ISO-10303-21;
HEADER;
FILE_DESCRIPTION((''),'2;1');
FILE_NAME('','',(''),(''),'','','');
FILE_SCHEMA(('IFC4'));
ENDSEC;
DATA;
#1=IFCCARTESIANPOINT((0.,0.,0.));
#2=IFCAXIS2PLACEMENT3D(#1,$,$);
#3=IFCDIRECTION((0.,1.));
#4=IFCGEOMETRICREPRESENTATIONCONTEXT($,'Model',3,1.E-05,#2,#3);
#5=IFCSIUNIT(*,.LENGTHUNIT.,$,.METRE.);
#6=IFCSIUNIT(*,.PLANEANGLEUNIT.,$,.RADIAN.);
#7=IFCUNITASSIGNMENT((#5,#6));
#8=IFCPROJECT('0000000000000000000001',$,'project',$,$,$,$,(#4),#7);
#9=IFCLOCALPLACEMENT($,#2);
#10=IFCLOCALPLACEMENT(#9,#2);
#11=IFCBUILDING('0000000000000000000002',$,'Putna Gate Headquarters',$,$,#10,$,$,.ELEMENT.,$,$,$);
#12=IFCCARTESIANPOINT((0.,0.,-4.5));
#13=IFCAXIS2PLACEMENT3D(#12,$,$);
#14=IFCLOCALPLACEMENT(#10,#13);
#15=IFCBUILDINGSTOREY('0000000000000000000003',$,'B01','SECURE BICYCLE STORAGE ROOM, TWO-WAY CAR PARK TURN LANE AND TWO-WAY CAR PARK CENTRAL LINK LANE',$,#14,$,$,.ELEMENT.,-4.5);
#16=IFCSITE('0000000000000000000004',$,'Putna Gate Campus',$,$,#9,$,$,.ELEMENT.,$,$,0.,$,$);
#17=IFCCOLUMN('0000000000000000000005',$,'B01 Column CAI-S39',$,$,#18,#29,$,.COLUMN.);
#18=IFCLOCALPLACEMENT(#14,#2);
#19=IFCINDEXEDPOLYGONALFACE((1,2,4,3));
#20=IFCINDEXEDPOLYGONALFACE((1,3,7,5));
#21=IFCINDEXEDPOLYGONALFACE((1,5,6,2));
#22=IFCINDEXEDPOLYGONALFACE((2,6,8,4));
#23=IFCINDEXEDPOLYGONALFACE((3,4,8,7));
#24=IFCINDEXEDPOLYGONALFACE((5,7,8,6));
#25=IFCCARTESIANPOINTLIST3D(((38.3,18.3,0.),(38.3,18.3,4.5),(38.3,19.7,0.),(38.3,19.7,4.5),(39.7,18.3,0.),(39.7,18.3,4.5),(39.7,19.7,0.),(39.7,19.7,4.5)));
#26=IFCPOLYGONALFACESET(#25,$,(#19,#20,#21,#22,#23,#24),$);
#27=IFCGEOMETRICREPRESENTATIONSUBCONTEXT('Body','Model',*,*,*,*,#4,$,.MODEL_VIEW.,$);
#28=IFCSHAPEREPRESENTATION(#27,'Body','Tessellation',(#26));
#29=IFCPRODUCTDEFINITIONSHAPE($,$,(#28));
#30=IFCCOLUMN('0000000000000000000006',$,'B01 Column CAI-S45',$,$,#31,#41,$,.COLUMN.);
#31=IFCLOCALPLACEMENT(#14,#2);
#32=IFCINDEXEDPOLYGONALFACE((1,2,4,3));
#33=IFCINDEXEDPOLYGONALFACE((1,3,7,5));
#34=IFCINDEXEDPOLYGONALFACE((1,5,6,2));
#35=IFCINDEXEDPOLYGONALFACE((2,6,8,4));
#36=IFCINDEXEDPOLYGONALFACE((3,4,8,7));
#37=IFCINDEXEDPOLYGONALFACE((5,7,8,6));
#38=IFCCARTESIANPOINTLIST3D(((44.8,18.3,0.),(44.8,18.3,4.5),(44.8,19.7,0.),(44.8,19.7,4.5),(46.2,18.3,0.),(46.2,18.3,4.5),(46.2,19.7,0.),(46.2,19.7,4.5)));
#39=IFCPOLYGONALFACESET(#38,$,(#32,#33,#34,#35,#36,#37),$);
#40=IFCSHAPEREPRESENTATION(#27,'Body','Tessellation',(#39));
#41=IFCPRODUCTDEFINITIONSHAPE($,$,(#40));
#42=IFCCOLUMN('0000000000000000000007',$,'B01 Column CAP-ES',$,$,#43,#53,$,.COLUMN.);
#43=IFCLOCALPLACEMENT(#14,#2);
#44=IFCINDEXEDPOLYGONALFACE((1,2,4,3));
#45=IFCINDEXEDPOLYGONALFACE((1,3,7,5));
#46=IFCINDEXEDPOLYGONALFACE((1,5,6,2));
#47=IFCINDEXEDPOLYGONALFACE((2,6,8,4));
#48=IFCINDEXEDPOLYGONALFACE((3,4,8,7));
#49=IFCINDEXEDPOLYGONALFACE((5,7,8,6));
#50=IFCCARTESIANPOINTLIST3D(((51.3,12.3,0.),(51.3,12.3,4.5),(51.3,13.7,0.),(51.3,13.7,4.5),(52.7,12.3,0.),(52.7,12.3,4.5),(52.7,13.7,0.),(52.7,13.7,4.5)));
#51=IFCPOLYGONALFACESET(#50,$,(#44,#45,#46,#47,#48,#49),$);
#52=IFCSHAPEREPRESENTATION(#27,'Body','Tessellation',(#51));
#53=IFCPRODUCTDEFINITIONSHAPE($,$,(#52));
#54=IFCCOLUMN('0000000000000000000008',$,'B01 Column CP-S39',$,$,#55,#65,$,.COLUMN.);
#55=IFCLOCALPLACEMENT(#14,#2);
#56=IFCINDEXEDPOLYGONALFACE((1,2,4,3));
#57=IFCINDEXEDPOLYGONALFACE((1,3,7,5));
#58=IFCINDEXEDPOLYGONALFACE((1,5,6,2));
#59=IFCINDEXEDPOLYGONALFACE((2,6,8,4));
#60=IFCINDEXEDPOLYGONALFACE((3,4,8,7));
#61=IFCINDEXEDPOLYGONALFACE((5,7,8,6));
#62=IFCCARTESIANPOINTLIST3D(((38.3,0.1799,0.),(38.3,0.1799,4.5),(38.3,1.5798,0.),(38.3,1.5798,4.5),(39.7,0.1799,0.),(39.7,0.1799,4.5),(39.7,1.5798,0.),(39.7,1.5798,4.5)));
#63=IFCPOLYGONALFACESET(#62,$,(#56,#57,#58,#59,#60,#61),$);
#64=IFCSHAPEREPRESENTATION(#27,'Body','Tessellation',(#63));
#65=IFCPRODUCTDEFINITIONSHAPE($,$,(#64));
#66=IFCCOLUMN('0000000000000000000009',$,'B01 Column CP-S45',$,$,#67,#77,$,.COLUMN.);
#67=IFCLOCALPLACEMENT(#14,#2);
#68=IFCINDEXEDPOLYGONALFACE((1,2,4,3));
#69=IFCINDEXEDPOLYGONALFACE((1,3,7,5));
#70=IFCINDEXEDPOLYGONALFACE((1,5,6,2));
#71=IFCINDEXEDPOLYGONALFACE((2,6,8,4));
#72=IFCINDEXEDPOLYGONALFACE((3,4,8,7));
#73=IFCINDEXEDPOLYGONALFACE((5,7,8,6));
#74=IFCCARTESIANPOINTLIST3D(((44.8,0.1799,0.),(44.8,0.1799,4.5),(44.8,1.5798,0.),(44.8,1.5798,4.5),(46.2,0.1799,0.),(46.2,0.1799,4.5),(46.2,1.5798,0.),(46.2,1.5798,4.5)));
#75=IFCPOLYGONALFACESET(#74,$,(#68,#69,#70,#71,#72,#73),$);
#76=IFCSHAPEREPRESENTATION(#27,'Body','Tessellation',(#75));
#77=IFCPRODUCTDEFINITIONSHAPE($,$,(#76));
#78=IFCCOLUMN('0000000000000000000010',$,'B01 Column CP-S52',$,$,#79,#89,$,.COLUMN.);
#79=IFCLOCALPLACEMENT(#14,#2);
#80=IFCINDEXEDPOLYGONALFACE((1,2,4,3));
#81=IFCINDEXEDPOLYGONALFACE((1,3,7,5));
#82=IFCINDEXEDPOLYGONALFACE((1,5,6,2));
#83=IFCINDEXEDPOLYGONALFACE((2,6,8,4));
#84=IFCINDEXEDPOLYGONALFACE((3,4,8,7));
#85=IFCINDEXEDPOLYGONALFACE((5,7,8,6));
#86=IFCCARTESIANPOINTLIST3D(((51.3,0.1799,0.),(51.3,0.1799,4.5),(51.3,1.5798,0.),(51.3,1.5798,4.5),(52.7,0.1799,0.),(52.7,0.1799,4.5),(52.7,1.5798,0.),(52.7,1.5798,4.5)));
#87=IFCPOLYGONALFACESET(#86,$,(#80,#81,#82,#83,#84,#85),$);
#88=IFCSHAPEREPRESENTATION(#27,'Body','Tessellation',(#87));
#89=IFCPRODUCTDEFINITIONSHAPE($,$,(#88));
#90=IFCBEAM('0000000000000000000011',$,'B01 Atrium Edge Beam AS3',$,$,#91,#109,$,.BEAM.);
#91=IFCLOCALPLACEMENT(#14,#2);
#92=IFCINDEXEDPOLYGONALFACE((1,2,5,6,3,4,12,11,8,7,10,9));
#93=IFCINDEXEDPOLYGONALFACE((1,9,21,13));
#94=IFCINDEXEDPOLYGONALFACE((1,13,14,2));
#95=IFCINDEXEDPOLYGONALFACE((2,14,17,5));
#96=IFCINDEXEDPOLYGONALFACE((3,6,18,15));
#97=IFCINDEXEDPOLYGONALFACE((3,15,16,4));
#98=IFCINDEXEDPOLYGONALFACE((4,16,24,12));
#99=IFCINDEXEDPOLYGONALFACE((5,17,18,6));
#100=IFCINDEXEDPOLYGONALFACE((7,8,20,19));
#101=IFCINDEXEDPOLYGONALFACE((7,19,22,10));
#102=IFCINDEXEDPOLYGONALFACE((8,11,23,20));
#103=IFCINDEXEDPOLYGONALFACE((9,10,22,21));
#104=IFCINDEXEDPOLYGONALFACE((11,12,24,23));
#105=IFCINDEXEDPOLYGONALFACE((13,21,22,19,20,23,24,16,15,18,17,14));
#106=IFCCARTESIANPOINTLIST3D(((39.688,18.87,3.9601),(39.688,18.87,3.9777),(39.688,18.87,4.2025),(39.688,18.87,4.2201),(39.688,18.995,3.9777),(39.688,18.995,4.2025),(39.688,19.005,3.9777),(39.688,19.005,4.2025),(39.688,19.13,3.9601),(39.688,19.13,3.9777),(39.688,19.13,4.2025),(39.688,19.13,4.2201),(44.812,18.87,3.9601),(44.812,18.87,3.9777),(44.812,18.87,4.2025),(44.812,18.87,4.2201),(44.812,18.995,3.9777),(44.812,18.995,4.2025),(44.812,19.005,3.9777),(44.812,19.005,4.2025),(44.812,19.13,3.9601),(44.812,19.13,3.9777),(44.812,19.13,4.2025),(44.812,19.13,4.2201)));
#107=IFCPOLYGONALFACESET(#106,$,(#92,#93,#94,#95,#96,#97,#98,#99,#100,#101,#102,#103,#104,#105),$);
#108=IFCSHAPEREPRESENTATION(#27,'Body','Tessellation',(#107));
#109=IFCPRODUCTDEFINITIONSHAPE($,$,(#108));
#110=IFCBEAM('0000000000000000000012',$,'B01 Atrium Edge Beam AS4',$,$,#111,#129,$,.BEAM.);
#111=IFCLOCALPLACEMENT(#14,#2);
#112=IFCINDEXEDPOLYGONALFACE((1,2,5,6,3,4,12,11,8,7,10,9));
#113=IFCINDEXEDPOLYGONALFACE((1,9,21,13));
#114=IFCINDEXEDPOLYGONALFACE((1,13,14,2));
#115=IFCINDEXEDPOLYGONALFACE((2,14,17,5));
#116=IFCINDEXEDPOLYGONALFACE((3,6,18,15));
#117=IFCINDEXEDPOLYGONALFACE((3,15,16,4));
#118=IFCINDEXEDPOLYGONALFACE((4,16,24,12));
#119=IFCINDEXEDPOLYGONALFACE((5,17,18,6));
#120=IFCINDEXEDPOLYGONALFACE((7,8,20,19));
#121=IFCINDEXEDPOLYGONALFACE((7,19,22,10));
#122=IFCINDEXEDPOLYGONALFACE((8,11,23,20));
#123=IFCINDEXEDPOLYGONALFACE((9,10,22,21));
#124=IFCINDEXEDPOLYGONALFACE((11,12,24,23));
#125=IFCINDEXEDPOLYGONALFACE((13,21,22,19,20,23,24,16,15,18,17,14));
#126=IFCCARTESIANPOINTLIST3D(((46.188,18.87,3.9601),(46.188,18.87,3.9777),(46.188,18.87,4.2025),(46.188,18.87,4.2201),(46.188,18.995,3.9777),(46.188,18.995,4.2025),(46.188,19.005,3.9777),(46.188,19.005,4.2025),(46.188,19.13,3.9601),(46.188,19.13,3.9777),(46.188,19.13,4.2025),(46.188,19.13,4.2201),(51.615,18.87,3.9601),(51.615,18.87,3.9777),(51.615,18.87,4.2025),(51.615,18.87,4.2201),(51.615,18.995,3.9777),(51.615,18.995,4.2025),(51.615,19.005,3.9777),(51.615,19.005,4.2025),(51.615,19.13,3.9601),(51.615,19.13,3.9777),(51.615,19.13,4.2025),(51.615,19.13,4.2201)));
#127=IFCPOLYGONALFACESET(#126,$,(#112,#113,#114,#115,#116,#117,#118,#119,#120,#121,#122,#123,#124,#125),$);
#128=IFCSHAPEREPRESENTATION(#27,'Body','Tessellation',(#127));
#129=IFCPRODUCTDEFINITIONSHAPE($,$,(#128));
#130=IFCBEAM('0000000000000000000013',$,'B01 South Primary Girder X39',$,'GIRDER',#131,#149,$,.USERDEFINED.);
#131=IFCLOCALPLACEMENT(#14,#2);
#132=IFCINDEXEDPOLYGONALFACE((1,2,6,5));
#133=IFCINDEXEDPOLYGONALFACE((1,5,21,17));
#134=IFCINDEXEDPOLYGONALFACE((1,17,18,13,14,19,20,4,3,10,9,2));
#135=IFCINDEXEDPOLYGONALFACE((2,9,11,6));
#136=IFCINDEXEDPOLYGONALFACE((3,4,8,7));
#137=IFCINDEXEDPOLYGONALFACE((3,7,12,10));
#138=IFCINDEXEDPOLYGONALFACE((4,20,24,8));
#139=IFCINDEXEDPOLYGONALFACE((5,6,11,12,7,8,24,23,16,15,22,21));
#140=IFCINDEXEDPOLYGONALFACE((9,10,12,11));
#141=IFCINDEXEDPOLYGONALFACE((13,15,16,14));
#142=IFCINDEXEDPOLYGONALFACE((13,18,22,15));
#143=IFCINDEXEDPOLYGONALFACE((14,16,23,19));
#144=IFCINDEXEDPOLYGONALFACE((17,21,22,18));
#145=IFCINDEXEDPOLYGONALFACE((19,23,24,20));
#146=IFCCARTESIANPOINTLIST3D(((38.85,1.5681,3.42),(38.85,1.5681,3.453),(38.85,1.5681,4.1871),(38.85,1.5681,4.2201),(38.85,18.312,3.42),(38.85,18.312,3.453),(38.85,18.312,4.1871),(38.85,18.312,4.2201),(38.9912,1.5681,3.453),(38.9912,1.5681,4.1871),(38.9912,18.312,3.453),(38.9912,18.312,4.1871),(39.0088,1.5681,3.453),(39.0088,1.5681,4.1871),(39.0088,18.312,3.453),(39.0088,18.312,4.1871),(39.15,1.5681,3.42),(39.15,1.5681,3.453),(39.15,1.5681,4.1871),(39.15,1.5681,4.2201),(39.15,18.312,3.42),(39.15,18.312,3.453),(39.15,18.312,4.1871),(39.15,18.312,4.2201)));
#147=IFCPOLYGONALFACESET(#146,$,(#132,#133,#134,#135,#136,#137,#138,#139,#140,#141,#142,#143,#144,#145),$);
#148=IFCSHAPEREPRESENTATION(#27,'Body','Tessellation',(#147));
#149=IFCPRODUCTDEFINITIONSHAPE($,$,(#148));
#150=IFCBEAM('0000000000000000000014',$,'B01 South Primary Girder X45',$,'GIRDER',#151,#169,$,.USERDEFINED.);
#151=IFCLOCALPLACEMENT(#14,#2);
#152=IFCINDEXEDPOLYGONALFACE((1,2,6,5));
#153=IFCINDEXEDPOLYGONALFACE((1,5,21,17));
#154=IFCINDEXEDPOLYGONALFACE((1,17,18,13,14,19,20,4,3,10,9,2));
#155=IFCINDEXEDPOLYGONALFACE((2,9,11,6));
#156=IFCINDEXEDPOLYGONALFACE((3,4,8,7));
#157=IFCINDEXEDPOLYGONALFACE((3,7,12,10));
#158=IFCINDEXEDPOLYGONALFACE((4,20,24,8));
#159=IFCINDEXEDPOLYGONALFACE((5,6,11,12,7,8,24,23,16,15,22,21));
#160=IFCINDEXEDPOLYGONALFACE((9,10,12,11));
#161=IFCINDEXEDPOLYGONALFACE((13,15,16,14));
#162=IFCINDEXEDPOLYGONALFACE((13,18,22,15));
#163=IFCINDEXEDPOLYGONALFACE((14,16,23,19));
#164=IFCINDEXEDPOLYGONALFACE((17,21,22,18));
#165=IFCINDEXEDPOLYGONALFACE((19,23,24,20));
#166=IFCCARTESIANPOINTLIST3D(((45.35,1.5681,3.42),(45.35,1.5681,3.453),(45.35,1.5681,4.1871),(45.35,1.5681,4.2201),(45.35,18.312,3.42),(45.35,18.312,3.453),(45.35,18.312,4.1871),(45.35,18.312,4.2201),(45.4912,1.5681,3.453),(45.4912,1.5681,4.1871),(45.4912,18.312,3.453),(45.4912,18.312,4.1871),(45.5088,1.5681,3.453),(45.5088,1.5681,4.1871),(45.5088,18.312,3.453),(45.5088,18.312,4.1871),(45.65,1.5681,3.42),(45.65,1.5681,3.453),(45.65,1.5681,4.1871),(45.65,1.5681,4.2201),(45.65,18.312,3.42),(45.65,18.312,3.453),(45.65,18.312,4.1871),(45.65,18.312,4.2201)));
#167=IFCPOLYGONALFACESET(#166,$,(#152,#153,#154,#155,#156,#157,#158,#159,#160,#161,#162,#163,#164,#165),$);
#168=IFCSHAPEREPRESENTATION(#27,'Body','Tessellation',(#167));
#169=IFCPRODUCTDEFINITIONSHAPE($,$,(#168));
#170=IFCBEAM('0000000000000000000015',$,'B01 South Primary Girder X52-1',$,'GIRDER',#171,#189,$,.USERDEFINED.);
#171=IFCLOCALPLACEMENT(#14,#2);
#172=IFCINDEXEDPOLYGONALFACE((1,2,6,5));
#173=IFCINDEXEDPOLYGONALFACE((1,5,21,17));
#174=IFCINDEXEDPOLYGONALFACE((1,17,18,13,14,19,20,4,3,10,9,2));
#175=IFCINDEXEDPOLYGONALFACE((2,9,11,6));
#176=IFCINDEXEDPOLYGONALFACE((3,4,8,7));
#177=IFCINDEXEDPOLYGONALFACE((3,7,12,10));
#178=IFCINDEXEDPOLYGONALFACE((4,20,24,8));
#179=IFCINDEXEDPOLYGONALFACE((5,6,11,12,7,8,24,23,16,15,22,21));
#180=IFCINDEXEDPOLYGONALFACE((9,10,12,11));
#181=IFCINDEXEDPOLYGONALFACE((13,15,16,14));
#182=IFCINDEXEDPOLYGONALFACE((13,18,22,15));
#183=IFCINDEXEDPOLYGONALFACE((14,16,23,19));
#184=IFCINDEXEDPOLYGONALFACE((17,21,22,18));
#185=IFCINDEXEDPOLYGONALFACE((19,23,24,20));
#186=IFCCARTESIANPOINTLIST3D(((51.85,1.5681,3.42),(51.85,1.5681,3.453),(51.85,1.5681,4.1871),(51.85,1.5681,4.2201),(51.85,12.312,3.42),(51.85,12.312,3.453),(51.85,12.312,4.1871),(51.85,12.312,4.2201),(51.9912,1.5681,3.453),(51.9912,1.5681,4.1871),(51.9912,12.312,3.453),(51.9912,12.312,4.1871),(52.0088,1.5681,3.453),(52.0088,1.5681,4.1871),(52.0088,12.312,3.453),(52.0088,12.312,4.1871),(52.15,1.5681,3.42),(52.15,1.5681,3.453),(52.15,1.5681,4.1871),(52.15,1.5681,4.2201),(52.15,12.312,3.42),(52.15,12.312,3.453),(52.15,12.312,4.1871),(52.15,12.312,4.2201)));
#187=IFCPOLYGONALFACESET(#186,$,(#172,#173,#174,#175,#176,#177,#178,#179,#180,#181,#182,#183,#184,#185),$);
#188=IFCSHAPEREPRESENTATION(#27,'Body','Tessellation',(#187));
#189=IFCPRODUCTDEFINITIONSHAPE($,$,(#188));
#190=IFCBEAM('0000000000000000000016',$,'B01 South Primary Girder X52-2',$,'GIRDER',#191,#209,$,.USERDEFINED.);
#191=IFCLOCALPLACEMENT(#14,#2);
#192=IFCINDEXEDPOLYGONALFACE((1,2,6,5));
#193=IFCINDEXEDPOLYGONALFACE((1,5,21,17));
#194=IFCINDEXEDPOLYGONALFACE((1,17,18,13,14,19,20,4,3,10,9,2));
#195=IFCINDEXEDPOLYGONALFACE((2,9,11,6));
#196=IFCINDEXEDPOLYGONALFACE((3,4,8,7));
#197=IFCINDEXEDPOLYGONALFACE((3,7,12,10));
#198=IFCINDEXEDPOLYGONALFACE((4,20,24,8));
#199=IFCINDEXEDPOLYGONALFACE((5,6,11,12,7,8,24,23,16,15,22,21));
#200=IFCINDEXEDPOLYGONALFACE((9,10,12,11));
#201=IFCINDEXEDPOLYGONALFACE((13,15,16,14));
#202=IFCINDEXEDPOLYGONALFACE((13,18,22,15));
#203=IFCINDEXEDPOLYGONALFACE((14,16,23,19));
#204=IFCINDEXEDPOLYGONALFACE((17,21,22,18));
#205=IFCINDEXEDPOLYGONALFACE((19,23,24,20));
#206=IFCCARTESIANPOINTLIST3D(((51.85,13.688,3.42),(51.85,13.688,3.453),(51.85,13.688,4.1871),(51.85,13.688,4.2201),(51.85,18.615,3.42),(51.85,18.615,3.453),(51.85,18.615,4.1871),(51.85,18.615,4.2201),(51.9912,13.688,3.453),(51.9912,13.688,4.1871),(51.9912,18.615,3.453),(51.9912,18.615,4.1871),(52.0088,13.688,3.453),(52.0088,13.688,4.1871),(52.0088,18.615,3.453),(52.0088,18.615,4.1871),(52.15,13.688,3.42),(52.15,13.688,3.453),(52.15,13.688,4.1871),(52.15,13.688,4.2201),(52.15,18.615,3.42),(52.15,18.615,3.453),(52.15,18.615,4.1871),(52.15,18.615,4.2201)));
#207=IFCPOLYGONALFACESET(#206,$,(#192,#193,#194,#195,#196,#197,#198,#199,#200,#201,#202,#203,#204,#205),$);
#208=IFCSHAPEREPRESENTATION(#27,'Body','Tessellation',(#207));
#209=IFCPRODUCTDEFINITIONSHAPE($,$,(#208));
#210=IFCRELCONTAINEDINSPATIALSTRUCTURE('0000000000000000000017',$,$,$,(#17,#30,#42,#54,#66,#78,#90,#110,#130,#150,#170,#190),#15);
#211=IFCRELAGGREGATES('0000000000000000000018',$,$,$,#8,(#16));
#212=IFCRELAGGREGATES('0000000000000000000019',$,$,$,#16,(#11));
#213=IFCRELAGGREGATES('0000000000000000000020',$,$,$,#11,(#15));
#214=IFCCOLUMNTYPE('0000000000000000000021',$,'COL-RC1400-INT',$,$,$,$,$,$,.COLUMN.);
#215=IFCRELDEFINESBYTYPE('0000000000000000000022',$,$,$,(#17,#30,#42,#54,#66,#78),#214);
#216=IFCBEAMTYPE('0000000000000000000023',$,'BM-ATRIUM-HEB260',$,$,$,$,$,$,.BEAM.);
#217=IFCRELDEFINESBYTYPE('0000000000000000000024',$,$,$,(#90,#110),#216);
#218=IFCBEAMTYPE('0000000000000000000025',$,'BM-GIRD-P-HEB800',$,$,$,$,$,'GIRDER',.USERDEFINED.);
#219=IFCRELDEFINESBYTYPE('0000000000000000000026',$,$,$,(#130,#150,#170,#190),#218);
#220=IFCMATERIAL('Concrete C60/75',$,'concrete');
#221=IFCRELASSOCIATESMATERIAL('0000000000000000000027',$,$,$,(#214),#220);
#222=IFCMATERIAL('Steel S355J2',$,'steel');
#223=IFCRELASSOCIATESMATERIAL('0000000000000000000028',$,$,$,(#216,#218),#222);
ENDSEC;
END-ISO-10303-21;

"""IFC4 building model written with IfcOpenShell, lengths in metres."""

from ifc_helpers import new_model, si_unit, direction, frame, origin, origin_2d, place, context, subcontext, project, spatial, rectangle, i_section, extrude, material, material_profile, profile_set, type_object, element, save


model = new_model("IFC4")

# Units and contexts
model_context = context("Model", 3, precision=1e-05, world=origin(), true_north=direction((0.0, 1.0)))
body_context = subcontext(model_context, "Body", "Model", "MODEL_VIEW")
ifc_project = project(units=[si_unit("LENGTHUNIT", "METRE"), si_unit("PLANEANGLEUNIT", "RADIAN")], contexts=[model_context])

# Site, building, storey
site_placement = place(None, origin())
site = spatial("IfcSite", under=ifc_project, at=site_placement, Name="Putna Gate Campus", CompositionType="ELEMENT", RefElevation=0.0)
building_placement = place(site_placement, origin())
building = spatial("IfcBuilding", under=site, at=building_placement, Name="Putna Gate Headquarters", CompositionType="ELEMENT")
storey_placement = place(building_placement, frame((0.0, 0.0, -4.5)))
storey = spatial("IfcBuildingStorey", under=building, at=storey_placement, Name="B01", Description="SECURE BICYCLE STORAGE ROOM, TWO-WAY CAR PARK TURN LANE AND TWO-WAY CAR PARK CENTRAL LINK LANE", CompositionType="ELEMENT", Elevation=-4.5)

# Columns
ifc_material_1 = material(Name="Concrete C60/75", Category="concrete")
ifc_material_profile_1 = material_profile(ifc_material_1, rectangle(XDim=1.3999, YDim=1.3999, at=origin_2d()), Name="Concrete C60/75")
ifc_profile_set_1 = profile_set([ifc_material_profile_1], Name="Concrete C60/75")
column_type = type_object("IfcColumnType", Name="COL-RC1400-INT", PredefinedType="COLUMN", material=ifc_profile_set_1)
for number, where, z_axis, x_axis, name in (
    (1, (39.0, 19.0, 0.0), (0.0, 0.0, 1.0), (1.0, 0.0, 0.0), "B01 Column CAI-S39"),
    (2, (45.5, 19.0, 0.0), (0.0, 0.0, 1.0), (1.0, 0.0, 0.0), "B01 Column CAI-S45"),
    (3, (52.0, 13.0, 0.0), (0.0, 0.0, 1.0), (1.0, 0.0, 0.0), "B01 Column CAP-ES"),
    (4, (39.0, 0.8799, 0.0), (0.0, 0.0, 1.0), (1.0, 0.0, 0.0), "B01 Column CP-S39"),
    (5, (45.5, 0.8799, 0.0), (0.0, 0.0, 1.0), (1.0, 0.0, 0.0), "B01 Column CP-S45"),
    (6, (52.0, 0.8799, 0.0), (0.0, 0.0, 1.0), (1.0, 0.0, 0.0), "B01 Column CP-S52"),
):
    element("IfcColumn", number, at=place(storey_placement, frame(where, z_axis=z_axis, x_axis=x_axis)), inside=storey, type_object=column_type, Name=name, PredefinedType="COLUMN", context=body_context, shape_type="SweptSolid", body=[
        extrude(rectangle(XDim=1.3999, YDim=1.3999, at=origin_2d()), origin(), (0.0, 0.0, 1.0), 4.5),
    ])

# Beams
ifc_material_2 = material(Name="Steel S355J2", Category="steel")
ifc_material_profile_2 = material_profile(ifc_material_2, i_section(OverallWidth=0.26, OverallDepth=0.26, WebThickness=0.01, FlangeThickness=0.0176, at=origin_2d()), Name="Steel S355J2")
ifc_profile_set_2 = profile_set([ifc_material_profile_2], Name="Steel S355J2")
beam_type_1 = type_object("IfcBeamType", Name="BM-ATRIUM-HEB260", PredefinedType="BEAM", material=ifc_profile_set_2)
beam_1_placement = place(storey_placement, frame((39.688, 19.0, 4.0901), z_axis=(1.0, 0.0, 0.0), x_axis=(0.0, 1.0, 0.0)))
element("IfcBeam", 7, at=beam_1_placement, inside=storey, type_object=beam_type_1, Name="B01 Atrium Edge Beam AS3", PredefinedType="BEAM", context=body_context, shape_type="SweptSolid", body=[
    extrude(i_section(OverallWidth=0.26, OverallDepth=0.26, WebThickness=0.01, FlangeThickness=0.0176, at=origin_2d()), origin(), (0.0, 0.0, 1.0), 5.124),
])
beam_2_placement = place(storey_placement, frame((46.188, 19.0, 4.0901), z_axis=(1.0, 0.0, 0.0), x_axis=(0.0, 1.0, 0.0)))
element("IfcBeam", 8, at=beam_2_placement, inside=storey, type_object=beam_type_1, Name="B01 Atrium Edge Beam AS4", PredefinedType="BEAM", context=body_context, shape_type="SweptSolid", body=[
    extrude(i_section(OverallWidth=0.26, OverallDepth=0.26, WebThickness=0.01, FlangeThickness=0.0176, at=origin_2d()), origin(), (0.0, 0.0, 1.0), 5.427),
])
ifc_material_profile_3 = material_profile(ifc_material_2, i_section(OverallWidth=0.3, OverallDepth=0.8, WebThickness=0.0176, FlangeThickness=0.033, at=origin_2d()), Name="Steel S355J2")
ifc_profile_set_3 = profile_set([ifc_material_profile_3], Name="Steel S355J2")
beam_type_2 = type_object("IfcBeamType", Name="BM-GIRD-P-HEB800", ElementType="GIRDER", PredefinedType="USERDEFINED", material=ifc_profile_set_3)
for number, where, z_axis, x_axis, name in (
    (9, (39.0, 1.5681, 3.8201), (0.0, 1.0, 0.0), (-1.0, 0.0, 0.0), "B01 South Primary Girder X39"),
    (10, (45.5, 1.5681, 3.8201), (0.0, 1.0, 0.0), (-1.0, 0.0, 0.0), "B01 South Primary Girder X45"),
):
    element("IfcBeam", number, at=place(storey_placement, frame(where, z_axis=z_axis, x_axis=x_axis)), inside=storey, type_object=beam_type_2, Name=name, ObjectType="GIRDER", PredefinedType="USERDEFINED", context=body_context, shape_type="SweptSolid", body=[
        extrude(i_section(OverallWidth=0.3, OverallDepth=0.8, WebThickness=0.0176, FlangeThickness=0.033, at=origin_2d()), origin(), (0.0, 0.0, 1.0), 16.7439),
    ])
beam_3_placement = place(storey_placement, frame((52.0, 1.5681, 3.8201), z_axis=(0.0, 1.0, 0.0), x_axis=(-1.0, 0.0, 0.0)))
element("IfcBeam", 11, at=beam_3_placement, inside=storey, type_object=beam_type_2, Name="B01 South Primary Girder X52-1", ObjectType="GIRDER", PredefinedType="USERDEFINED", context=body_context, shape_type="SweptSolid", body=[
    extrude(i_section(OverallWidth=0.3, OverallDepth=0.8, WebThickness=0.0176, FlangeThickness=0.033, at=origin_2d()), origin(), (0.0, 0.0, 1.0), 10.7439),
])
beam_4_placement = place(storey_placement, frame((52.0, 13.688, 3.8201), z_axis=(0.0, 1.0, 0.0), x_axis=(-1.0, 0.0, 0.0)))
element("IfcBeam", 12, at=beam_4_placement, inside=storey, type_object=beam_type_2, Name="B01 South Primary Girder X52-2", ObjectType="GIRDER", PredefinedType="USERDEFINED", context=body_context, shape_type="SweptSolid", body=[
    extrude(i_section(OverallWidth=0.3, OverallDepth=0.8, WebThickness=0.0176, FlangeThickness=0.033, at=origin_2d()), origin(), (0.0, 0.0, 1.0), 4.927),
])

save(model, "model.ifc")
